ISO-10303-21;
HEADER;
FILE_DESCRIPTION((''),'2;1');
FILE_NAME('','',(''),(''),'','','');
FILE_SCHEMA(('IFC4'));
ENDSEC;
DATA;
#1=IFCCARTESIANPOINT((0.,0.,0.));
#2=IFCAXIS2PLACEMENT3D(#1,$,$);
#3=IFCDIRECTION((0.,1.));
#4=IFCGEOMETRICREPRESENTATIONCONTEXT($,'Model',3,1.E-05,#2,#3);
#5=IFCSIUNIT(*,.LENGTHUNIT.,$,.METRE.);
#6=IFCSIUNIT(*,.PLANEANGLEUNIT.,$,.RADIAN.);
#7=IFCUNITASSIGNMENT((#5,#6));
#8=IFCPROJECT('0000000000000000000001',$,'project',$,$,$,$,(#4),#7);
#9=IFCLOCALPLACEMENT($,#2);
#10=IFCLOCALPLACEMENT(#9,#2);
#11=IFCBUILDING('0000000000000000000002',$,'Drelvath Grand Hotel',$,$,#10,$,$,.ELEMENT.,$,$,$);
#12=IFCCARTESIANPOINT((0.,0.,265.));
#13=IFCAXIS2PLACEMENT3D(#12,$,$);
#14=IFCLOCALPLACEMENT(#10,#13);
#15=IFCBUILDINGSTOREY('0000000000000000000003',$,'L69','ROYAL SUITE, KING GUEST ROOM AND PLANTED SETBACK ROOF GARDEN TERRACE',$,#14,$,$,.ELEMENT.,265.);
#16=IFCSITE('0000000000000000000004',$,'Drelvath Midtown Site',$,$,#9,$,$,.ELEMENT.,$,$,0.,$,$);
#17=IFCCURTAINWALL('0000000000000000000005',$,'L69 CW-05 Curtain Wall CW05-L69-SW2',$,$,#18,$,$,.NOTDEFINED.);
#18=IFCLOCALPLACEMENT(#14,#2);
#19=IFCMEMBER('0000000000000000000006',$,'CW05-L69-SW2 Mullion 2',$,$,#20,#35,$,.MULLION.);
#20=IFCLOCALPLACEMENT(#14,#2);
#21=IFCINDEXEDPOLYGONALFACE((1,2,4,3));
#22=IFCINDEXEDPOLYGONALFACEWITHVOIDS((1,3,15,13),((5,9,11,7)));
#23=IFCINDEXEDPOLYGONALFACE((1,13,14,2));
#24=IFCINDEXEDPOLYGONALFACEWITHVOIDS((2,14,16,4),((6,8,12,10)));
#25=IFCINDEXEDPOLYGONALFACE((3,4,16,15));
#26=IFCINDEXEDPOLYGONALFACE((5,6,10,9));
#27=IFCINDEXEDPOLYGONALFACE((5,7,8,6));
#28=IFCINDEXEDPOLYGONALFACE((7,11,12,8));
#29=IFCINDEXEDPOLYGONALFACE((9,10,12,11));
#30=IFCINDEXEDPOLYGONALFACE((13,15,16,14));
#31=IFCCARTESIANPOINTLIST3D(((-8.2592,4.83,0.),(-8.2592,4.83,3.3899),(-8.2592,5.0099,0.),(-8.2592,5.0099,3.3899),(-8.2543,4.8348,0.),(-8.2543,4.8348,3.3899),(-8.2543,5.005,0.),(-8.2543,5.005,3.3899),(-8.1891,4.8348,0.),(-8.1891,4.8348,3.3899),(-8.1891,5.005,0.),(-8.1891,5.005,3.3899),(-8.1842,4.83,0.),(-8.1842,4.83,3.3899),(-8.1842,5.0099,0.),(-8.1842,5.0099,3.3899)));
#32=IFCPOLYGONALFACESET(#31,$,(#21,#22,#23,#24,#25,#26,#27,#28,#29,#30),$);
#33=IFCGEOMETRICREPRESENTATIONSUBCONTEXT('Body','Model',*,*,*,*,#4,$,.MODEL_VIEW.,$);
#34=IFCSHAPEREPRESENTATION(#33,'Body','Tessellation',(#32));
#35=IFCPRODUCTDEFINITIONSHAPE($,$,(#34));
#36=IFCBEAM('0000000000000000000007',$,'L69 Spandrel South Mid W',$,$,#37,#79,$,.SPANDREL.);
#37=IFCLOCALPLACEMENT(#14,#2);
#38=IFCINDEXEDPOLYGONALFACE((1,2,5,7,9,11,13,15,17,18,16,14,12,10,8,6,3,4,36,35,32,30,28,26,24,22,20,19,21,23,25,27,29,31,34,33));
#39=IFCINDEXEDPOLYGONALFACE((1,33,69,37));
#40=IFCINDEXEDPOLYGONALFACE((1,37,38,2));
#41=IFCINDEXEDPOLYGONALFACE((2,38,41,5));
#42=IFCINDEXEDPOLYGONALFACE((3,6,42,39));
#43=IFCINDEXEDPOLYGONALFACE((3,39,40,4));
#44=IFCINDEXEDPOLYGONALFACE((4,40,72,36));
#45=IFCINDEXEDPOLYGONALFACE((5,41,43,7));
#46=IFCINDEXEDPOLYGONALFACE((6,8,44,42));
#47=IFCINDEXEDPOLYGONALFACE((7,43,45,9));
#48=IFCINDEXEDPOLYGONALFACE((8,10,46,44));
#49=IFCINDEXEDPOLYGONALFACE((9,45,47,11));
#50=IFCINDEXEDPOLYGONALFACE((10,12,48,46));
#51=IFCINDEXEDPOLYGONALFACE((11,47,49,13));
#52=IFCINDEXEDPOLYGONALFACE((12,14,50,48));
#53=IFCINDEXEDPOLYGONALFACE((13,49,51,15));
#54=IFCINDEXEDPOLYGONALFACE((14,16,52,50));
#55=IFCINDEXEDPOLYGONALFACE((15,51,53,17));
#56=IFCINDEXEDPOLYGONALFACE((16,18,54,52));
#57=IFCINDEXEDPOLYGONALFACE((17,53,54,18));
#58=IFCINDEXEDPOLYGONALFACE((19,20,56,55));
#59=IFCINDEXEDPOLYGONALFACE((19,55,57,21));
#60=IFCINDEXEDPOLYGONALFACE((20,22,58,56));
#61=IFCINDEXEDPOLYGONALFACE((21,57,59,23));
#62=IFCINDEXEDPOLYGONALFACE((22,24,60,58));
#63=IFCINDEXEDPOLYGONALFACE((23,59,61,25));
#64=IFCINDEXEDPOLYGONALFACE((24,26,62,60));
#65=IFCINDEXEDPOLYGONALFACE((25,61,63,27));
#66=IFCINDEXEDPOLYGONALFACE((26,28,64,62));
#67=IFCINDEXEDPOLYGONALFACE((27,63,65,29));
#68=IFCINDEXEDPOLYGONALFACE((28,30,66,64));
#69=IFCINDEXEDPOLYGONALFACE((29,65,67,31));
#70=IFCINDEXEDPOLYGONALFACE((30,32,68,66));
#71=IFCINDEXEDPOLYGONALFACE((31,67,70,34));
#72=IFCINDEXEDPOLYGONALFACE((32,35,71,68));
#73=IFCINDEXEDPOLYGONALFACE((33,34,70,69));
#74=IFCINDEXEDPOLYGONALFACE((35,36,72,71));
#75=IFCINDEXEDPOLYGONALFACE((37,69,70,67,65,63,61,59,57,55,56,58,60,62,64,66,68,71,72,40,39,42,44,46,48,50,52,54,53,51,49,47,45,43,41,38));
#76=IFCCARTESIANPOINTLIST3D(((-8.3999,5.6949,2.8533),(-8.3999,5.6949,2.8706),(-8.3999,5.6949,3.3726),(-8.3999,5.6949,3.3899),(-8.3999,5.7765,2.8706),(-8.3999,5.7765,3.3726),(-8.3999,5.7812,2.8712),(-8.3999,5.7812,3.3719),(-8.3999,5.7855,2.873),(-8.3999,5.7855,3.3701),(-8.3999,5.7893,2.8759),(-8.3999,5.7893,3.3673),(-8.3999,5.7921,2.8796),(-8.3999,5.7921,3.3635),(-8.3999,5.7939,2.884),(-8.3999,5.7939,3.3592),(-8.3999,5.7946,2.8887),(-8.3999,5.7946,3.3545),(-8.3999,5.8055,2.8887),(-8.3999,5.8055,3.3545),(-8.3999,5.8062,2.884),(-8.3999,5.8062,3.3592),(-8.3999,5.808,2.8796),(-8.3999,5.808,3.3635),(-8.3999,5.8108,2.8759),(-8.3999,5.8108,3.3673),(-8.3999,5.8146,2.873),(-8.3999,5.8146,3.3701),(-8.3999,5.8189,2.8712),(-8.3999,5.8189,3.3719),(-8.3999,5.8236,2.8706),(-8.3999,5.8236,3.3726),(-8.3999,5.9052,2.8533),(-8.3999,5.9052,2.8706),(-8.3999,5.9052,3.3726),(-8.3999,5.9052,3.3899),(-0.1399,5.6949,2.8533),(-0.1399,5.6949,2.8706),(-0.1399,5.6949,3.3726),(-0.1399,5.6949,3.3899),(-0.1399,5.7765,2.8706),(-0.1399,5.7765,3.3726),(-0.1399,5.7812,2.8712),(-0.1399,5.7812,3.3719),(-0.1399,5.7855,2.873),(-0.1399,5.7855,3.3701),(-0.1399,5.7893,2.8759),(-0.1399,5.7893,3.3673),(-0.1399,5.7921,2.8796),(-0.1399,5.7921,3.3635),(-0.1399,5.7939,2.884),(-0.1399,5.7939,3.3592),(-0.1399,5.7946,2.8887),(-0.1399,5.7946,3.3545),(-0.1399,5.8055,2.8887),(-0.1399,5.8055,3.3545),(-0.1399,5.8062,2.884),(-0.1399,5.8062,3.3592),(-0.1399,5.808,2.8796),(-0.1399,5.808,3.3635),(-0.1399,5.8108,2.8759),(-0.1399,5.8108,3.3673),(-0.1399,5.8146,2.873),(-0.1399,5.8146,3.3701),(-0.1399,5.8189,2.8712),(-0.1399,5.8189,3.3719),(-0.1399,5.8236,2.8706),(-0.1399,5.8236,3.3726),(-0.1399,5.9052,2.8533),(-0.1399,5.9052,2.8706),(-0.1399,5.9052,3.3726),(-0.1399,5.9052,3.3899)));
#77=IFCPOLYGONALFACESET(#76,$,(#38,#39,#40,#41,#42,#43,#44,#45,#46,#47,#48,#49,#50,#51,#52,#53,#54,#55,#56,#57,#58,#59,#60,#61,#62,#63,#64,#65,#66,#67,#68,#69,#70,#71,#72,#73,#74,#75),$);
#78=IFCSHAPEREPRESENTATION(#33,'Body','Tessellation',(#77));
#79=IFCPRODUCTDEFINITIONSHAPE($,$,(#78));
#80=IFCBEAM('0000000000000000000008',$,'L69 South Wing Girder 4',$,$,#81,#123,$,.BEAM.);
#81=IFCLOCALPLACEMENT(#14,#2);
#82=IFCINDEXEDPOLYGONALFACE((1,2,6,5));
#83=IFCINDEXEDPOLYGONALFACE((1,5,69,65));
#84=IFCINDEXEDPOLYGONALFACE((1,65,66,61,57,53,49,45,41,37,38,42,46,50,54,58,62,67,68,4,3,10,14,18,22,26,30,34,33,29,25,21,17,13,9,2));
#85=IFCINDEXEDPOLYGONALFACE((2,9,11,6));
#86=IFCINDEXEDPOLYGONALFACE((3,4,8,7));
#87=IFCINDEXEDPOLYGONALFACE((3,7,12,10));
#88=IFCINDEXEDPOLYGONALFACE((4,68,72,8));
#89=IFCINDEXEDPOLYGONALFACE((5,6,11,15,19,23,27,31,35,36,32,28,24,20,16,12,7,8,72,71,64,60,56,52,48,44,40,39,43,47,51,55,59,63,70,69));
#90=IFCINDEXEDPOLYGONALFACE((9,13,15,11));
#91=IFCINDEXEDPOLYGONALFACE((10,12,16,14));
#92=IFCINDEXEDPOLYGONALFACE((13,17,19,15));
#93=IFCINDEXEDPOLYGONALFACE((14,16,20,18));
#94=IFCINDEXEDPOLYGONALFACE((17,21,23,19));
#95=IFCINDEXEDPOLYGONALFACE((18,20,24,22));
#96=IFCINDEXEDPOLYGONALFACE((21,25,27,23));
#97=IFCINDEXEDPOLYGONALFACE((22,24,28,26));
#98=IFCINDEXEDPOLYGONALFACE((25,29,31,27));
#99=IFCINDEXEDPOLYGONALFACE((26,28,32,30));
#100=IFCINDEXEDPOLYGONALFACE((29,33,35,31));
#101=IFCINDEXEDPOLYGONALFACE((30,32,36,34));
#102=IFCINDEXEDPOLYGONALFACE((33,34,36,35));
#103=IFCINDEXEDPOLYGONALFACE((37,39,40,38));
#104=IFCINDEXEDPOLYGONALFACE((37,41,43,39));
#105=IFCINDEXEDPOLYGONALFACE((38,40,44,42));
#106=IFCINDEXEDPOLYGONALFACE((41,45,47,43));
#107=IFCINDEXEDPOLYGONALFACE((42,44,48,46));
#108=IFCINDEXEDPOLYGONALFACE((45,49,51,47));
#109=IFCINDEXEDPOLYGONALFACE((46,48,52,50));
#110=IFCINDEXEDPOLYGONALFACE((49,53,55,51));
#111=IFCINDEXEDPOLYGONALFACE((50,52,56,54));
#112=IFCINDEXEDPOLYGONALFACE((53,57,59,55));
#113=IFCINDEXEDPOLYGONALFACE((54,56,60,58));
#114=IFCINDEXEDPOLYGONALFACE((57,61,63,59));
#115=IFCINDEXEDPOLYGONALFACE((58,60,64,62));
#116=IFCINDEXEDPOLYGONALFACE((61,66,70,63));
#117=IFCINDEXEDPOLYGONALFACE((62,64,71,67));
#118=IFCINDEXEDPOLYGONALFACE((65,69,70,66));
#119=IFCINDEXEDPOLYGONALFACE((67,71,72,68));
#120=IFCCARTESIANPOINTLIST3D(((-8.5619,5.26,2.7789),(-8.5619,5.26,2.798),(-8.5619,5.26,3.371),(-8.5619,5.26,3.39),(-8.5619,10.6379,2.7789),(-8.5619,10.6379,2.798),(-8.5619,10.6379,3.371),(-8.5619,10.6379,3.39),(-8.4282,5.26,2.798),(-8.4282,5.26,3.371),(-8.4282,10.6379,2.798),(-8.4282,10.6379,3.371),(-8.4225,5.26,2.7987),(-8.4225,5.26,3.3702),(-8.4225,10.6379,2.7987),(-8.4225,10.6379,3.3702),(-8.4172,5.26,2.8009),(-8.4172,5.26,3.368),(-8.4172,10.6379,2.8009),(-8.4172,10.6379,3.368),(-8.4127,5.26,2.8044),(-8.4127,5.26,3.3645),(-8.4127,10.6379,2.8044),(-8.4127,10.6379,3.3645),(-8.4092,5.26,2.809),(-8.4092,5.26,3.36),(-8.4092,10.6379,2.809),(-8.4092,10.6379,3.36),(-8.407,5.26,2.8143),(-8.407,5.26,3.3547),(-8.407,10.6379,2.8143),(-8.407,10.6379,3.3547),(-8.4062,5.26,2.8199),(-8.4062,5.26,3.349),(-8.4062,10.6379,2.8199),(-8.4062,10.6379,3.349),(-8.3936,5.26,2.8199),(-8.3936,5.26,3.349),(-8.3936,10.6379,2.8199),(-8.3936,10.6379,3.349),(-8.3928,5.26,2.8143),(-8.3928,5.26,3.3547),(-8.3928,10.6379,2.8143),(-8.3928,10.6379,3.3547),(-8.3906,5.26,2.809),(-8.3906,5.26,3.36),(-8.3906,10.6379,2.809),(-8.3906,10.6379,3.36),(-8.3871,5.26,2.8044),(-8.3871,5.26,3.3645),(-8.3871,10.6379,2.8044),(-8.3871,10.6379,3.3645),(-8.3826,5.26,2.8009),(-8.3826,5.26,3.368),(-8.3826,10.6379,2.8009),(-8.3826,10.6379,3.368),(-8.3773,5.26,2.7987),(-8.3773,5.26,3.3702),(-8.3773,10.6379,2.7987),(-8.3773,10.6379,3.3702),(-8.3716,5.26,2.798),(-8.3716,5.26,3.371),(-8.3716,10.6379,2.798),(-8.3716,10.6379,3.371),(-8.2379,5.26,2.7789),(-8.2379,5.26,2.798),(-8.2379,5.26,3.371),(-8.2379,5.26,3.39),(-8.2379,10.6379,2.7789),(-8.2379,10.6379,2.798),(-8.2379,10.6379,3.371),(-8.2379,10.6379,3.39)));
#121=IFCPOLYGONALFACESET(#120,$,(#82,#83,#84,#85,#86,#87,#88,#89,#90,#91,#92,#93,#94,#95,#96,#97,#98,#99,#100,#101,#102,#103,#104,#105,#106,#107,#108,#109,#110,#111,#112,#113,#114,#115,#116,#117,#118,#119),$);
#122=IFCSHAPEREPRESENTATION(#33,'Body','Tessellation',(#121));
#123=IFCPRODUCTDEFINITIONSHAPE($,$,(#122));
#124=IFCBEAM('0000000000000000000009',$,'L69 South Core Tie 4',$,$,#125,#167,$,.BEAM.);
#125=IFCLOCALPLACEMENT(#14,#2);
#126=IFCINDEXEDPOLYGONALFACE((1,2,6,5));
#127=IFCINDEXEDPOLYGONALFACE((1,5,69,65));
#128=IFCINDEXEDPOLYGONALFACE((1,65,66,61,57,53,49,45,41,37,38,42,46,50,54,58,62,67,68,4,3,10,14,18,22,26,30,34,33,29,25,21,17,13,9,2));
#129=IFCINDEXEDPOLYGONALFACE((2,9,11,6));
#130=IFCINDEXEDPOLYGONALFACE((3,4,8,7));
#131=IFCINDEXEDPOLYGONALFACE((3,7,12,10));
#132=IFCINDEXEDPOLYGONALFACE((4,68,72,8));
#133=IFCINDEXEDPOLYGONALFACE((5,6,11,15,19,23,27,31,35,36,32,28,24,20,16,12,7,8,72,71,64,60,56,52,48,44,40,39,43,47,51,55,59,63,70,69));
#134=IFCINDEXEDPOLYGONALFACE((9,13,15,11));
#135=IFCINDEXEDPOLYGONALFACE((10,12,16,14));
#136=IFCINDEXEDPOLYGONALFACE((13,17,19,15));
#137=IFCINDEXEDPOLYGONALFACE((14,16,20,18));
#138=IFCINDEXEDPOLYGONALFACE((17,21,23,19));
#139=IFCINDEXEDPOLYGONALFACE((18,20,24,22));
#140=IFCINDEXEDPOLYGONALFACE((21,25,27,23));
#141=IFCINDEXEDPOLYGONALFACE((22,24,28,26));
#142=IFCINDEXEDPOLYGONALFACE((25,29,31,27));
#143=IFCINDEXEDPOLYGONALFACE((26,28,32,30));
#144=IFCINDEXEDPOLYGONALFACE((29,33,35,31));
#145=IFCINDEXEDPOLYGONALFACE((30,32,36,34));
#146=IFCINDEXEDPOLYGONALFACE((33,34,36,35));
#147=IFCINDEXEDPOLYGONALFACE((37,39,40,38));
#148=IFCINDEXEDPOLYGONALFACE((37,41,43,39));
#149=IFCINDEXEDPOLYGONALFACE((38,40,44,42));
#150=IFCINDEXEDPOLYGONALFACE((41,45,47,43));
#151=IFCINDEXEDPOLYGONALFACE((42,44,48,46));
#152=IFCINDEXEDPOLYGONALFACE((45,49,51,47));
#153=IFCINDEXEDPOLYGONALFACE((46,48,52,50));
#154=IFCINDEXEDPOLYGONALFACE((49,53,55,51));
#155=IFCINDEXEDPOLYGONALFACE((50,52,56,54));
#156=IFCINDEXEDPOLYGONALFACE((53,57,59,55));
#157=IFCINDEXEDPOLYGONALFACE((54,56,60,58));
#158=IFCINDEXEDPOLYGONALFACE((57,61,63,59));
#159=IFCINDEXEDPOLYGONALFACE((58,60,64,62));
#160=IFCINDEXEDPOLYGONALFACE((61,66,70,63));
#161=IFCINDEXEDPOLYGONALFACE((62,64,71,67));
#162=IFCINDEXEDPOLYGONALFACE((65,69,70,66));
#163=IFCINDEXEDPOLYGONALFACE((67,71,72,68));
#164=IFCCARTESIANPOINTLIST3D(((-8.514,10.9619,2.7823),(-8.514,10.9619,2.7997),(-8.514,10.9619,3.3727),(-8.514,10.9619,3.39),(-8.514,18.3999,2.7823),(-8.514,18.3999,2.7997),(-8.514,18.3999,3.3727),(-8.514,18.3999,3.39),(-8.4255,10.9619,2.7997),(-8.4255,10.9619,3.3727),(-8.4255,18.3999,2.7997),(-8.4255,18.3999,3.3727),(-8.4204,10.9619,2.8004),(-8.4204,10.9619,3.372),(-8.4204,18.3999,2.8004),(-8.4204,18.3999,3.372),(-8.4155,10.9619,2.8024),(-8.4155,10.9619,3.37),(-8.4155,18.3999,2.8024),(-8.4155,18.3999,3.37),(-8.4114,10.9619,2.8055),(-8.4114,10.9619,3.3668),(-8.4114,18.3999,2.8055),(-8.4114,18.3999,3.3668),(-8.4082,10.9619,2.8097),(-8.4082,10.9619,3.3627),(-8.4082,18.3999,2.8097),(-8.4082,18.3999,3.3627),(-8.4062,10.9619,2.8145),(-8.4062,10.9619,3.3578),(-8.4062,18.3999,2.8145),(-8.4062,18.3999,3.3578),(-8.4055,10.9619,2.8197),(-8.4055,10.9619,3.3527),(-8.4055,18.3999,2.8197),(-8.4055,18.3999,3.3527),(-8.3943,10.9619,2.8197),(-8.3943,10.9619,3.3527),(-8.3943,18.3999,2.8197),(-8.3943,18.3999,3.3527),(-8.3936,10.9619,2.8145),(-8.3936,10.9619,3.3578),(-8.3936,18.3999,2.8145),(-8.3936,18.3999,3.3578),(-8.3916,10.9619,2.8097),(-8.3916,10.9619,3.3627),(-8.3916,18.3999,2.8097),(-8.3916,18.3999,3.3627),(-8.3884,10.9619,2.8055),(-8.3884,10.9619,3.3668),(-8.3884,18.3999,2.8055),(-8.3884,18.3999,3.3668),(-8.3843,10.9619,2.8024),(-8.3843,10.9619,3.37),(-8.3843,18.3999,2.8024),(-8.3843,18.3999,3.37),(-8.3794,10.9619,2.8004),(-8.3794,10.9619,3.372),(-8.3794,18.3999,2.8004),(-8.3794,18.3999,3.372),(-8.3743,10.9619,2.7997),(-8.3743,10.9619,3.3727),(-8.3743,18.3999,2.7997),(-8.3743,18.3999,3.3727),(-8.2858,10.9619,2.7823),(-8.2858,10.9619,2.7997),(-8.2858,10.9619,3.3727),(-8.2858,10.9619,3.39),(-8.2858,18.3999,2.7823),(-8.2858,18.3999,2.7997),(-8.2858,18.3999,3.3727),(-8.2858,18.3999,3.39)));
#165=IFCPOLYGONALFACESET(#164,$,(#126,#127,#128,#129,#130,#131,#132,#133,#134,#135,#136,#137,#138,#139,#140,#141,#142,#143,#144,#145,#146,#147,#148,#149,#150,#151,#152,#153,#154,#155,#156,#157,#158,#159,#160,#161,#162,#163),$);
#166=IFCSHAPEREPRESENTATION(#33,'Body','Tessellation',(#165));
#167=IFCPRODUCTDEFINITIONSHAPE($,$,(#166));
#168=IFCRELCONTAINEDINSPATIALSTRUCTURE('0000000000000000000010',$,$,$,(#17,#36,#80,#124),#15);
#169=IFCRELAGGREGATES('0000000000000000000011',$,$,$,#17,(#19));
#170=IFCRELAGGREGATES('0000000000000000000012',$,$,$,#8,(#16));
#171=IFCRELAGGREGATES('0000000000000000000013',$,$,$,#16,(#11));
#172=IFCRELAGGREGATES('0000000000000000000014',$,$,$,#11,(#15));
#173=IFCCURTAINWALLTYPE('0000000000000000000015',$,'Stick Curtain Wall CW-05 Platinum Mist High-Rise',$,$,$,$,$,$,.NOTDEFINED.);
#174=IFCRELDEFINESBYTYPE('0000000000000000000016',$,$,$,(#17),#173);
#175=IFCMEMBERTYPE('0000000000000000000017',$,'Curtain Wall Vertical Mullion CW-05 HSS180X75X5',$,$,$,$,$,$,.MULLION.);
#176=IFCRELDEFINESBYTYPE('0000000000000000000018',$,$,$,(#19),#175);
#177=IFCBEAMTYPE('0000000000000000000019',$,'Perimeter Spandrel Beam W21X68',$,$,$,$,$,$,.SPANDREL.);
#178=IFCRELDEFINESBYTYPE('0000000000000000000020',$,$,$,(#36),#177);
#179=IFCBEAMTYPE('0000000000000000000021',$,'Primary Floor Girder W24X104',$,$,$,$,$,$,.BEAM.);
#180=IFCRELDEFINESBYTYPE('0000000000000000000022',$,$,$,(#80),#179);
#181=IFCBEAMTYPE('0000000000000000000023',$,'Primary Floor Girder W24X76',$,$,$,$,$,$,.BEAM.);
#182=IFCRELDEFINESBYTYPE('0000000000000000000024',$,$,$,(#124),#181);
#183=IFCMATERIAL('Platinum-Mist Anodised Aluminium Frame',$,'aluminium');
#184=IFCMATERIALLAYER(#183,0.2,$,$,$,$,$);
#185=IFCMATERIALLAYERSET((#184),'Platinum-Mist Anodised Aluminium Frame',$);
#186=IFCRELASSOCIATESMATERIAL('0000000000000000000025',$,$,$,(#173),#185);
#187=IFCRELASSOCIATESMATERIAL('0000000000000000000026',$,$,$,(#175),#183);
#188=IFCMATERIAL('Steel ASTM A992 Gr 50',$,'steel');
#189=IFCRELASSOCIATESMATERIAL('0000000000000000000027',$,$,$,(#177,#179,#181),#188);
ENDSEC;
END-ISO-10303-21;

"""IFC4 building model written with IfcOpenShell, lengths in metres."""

from ifc_helpers import new_model, si_unit, direction, frame, origin, origin_2d, place, context, subcontext, project, spatial, hollow_rectangle, i_section, extrude, material, layer, layer_set, material_profile, profile_set, type_object, element, aggregate, save


model = new_model("IFC4")

# Units and contexts
model_context = context("Model", 3, precision=1e-05, world=origin(), true_north=direction((0.0, 1.0)))
body_context = subcontext(model_context, "Body", "Model", "MODEL_VIEW")
ifc_project = project(units=[si_unit("LENGTHUNIT", "METRE"), si_unit("PLANEANGLEUNIT", "RADIAN")], contexts=[model_context])

# Site, building, storey
site_placement = place(None, origin())
site = spatial("IfcSite", under=ifc_project, at=site_placement, Name="Drelvath Midtown Site", CompositionType="ELEMENT", RefElevation=0.0)
building_placement = place(site_placement, origin())
building = spatial("IfcBuilding", under=site, at=building_placement, Name="Drelvath Grand Hotel", CompositionType="ELEMENT")
storey_placement = place(building_placement, frame((0.0, 0.0, 265.0)))
storey = spatial("IfcBuildingStorey", under=building, at=storey_placement, Name="L69", Description="ROYAL SUITE, KING GUEST ROOM AND PLANTED SETBACK ROOF GARDEN TERRACE", CompositionType="ELEMENT", Elevation=265.0)

# Curtain wall
ifc_material_1 = material(Name="Platinum-Mist Anodised Aluminium Frame", Category="aluminium")
ifc_layer_1 = layer(ifc_material_1, 0.2)
ifc_layer_set_1 = layer_set([ifc_layer_1], Name="Platinum-Mist Anodised Aluminium Frame")
curtain_wall_type = type_object("IfcCurtainWallType", Name="Stick Curtain Wall CW-05 Platinum Mist High-Rise", PredefinedType="NOTDEFINED", material=ifc_layer_set_1)
curtain_wall_1_placement = place(storey_placement, origin())
curtain_wall_1 = element("IfcCurtainWall", 1, at=curtain_wall_1_placement, inside=storey, type_object=curtain_wall_type, Name="L69 CW-05 Curtain Wall CW05-L69-SW2", PredefinedType="NOTDEFINED")

# Member
ifc_material_profile_1 = material_profile(ifc_material_1, hollow_rectangle(XDim=0.075, YDim=0.1799, WallThickness=0.0049, at=origin_2d()), Name="HSS180X75X5")
ifc_profile_set_1 = profile_set([ifc_material_profile_1], Name="Platinum-Mist Anodised Aluminium Frame")
member_type_1 = type_object("IfcMemberType", Name="Curtain Wall Vertical Mullion CW-05 HSS180X75X5", PredefinedType="MULLION", material=ifc_profile_set_1)
member_1_placement = place(storey_placement, frame((-8.2217, 4.9199, 0.0), z_axis=(0.0, 0.0, 1.0), x_axis=(1.0, 0.0, 0.0)))
member_1 = element("IfcMember", 2, at=member_1_placement, type_object=member_type_1, Name="CW05-L69-SW2 Mullion 2", PredefinedType="MULLION", context=body_context, shape_type="SweptSolid", body=[
    extrude(hollow_rectangle(XDim=0.075, YDim=0.1799, WallThickness=0.0049, at=origin_2d()), origin(), (0.0, 0.0, 1.0), 3.3899),
])

# Beams
ifc_material_2 = material(Name="Steel ASTM A992 Gr 50", Category="steel")
ifc_material_profile_2 = material_profile(ifc_material_2, i_section(OverallWidth=0.2102, OverallDepth=0.5366, WebThickness=0.011, FlangeThickness=0.0173, FilletRadius=0.0181, at=origin_2d()), Name="W21X68")
ifc_profile_set_2 = profile_set([ifc_material_profile_2], Name="Steel ASTM A992 Gr 50")
beam_type_1 = type_object("IfcBeamType", Name="Perimeter Spandrel Beam W21X68", PredefinedType="SPANDREL", material=ifc_profile_set_2)
beam_1_placement = place(storey_placement, frame((-8.3999, 5.8, 3.1216), z_axis=(1.0, 0.0, 0.0), x_axis=(0.0, 1.0, 0.0)))
element("IfcBeam", 3, at=beam_1_placement, inside=storey, type_object=beam_type_1, Name="L69 Spandrel South Mid W", PredefinedType="SPANDREL", context=body_context, shape_type="SweptSolid", body=[
    extrude(i_section(OverallWidth=0.2102, OverallDepth=0.5366, WebThickness=0.011, FlangeThickness=0.0173, FilletRadius=0.0181, at=origin_2d()), origin(), (0.0, 0.0, 1.0), 8.26),
])
ifc_material_profile_3 = material_profile(ifc_material_2, i_section(OverallWidth=0.324, OverallDepth=0.6111, WebThickness=0.0127, FlangeThickness=0.019, FilletRadius=0.022, at=origin_2d()), Name="W24X104")
ifc_profile_set_3 = profile_set([ifc_material_profile_3], Name="Steel ASTM A992 Gr 50")
beam_type_2 = type_object("IfcBeamType", Name="Primary Floor Girder W24X104", PredefinedType="BEAM", material=ifc_profile_set_3)
beam_2_placement = place(storey_placement, frame((-8.3999, 5.26, 3.0845), z_axis=(0.0, 1.0, 0.0), x_axis=(-1.0, 0.0, 0.0)))
element("IfcBeam", 4, at=beam_2_placement, inside=storey, type_object=beam_type_2, Name="L69 South Wing Girder 4", PredefinedType="BEAM", context=body_context, shape_type="SweptSolid", body=[
    extrude(i_section(OverallWidth=0.324, OverallDepth=0.6111, WebThickness=0.0127, FlangeThickness=0.019, FilletRadius=0.022, at=origin_2d()), origin(), (0.0, 0.0, 1.0), 5.3779),
])
ifc_material_profile_4 = material_profile(ifc_material_2, i_section(OverallWidth=0.2283, OverallDepth=0.6077, WebThickness=0.0112, FlangeThickness=0.0173, FilletRadius=0.02, at=origin_2d()), Name="W24X76")
ifc_profile_set_4 = profile_set([ifc_material_profile_4], Name="Steel ASTM A992 Gr 50")
beam_type_3 = type_object("IfcBeamType", Name="Primary Floor Girder W24X76", PredefinedType="BEAM", material=ifc_profile_set_4)
beam_3_placement = place(storey_placement, frame((-8.3999, 10.9619, 3.0862), z_axis=(0.0, 1.0, 0.0), x_axis=(-1.0, 0.0, 0.0)))
element("IfcBeam", 5, at=beam_3_placement, inside=storey, type_object=beam_type_3, Name="L69 South Core Tie 4", PredefinedType="BEAM", context=body_context, shape_type="SweptSolid", body=[
    extrude(i_section(OverallWidth=0.2283, OverallDepth=0.6077, WebThickness=0.0112, FlangeThickness=0.0173, FilletRadius=0.02, at=origin_2d()), origin(), (0.0, 0.0, 1.0), 7.438),
])

aggregate(curtain_wall_1, [member_1])

save(model, "model.ifc")
